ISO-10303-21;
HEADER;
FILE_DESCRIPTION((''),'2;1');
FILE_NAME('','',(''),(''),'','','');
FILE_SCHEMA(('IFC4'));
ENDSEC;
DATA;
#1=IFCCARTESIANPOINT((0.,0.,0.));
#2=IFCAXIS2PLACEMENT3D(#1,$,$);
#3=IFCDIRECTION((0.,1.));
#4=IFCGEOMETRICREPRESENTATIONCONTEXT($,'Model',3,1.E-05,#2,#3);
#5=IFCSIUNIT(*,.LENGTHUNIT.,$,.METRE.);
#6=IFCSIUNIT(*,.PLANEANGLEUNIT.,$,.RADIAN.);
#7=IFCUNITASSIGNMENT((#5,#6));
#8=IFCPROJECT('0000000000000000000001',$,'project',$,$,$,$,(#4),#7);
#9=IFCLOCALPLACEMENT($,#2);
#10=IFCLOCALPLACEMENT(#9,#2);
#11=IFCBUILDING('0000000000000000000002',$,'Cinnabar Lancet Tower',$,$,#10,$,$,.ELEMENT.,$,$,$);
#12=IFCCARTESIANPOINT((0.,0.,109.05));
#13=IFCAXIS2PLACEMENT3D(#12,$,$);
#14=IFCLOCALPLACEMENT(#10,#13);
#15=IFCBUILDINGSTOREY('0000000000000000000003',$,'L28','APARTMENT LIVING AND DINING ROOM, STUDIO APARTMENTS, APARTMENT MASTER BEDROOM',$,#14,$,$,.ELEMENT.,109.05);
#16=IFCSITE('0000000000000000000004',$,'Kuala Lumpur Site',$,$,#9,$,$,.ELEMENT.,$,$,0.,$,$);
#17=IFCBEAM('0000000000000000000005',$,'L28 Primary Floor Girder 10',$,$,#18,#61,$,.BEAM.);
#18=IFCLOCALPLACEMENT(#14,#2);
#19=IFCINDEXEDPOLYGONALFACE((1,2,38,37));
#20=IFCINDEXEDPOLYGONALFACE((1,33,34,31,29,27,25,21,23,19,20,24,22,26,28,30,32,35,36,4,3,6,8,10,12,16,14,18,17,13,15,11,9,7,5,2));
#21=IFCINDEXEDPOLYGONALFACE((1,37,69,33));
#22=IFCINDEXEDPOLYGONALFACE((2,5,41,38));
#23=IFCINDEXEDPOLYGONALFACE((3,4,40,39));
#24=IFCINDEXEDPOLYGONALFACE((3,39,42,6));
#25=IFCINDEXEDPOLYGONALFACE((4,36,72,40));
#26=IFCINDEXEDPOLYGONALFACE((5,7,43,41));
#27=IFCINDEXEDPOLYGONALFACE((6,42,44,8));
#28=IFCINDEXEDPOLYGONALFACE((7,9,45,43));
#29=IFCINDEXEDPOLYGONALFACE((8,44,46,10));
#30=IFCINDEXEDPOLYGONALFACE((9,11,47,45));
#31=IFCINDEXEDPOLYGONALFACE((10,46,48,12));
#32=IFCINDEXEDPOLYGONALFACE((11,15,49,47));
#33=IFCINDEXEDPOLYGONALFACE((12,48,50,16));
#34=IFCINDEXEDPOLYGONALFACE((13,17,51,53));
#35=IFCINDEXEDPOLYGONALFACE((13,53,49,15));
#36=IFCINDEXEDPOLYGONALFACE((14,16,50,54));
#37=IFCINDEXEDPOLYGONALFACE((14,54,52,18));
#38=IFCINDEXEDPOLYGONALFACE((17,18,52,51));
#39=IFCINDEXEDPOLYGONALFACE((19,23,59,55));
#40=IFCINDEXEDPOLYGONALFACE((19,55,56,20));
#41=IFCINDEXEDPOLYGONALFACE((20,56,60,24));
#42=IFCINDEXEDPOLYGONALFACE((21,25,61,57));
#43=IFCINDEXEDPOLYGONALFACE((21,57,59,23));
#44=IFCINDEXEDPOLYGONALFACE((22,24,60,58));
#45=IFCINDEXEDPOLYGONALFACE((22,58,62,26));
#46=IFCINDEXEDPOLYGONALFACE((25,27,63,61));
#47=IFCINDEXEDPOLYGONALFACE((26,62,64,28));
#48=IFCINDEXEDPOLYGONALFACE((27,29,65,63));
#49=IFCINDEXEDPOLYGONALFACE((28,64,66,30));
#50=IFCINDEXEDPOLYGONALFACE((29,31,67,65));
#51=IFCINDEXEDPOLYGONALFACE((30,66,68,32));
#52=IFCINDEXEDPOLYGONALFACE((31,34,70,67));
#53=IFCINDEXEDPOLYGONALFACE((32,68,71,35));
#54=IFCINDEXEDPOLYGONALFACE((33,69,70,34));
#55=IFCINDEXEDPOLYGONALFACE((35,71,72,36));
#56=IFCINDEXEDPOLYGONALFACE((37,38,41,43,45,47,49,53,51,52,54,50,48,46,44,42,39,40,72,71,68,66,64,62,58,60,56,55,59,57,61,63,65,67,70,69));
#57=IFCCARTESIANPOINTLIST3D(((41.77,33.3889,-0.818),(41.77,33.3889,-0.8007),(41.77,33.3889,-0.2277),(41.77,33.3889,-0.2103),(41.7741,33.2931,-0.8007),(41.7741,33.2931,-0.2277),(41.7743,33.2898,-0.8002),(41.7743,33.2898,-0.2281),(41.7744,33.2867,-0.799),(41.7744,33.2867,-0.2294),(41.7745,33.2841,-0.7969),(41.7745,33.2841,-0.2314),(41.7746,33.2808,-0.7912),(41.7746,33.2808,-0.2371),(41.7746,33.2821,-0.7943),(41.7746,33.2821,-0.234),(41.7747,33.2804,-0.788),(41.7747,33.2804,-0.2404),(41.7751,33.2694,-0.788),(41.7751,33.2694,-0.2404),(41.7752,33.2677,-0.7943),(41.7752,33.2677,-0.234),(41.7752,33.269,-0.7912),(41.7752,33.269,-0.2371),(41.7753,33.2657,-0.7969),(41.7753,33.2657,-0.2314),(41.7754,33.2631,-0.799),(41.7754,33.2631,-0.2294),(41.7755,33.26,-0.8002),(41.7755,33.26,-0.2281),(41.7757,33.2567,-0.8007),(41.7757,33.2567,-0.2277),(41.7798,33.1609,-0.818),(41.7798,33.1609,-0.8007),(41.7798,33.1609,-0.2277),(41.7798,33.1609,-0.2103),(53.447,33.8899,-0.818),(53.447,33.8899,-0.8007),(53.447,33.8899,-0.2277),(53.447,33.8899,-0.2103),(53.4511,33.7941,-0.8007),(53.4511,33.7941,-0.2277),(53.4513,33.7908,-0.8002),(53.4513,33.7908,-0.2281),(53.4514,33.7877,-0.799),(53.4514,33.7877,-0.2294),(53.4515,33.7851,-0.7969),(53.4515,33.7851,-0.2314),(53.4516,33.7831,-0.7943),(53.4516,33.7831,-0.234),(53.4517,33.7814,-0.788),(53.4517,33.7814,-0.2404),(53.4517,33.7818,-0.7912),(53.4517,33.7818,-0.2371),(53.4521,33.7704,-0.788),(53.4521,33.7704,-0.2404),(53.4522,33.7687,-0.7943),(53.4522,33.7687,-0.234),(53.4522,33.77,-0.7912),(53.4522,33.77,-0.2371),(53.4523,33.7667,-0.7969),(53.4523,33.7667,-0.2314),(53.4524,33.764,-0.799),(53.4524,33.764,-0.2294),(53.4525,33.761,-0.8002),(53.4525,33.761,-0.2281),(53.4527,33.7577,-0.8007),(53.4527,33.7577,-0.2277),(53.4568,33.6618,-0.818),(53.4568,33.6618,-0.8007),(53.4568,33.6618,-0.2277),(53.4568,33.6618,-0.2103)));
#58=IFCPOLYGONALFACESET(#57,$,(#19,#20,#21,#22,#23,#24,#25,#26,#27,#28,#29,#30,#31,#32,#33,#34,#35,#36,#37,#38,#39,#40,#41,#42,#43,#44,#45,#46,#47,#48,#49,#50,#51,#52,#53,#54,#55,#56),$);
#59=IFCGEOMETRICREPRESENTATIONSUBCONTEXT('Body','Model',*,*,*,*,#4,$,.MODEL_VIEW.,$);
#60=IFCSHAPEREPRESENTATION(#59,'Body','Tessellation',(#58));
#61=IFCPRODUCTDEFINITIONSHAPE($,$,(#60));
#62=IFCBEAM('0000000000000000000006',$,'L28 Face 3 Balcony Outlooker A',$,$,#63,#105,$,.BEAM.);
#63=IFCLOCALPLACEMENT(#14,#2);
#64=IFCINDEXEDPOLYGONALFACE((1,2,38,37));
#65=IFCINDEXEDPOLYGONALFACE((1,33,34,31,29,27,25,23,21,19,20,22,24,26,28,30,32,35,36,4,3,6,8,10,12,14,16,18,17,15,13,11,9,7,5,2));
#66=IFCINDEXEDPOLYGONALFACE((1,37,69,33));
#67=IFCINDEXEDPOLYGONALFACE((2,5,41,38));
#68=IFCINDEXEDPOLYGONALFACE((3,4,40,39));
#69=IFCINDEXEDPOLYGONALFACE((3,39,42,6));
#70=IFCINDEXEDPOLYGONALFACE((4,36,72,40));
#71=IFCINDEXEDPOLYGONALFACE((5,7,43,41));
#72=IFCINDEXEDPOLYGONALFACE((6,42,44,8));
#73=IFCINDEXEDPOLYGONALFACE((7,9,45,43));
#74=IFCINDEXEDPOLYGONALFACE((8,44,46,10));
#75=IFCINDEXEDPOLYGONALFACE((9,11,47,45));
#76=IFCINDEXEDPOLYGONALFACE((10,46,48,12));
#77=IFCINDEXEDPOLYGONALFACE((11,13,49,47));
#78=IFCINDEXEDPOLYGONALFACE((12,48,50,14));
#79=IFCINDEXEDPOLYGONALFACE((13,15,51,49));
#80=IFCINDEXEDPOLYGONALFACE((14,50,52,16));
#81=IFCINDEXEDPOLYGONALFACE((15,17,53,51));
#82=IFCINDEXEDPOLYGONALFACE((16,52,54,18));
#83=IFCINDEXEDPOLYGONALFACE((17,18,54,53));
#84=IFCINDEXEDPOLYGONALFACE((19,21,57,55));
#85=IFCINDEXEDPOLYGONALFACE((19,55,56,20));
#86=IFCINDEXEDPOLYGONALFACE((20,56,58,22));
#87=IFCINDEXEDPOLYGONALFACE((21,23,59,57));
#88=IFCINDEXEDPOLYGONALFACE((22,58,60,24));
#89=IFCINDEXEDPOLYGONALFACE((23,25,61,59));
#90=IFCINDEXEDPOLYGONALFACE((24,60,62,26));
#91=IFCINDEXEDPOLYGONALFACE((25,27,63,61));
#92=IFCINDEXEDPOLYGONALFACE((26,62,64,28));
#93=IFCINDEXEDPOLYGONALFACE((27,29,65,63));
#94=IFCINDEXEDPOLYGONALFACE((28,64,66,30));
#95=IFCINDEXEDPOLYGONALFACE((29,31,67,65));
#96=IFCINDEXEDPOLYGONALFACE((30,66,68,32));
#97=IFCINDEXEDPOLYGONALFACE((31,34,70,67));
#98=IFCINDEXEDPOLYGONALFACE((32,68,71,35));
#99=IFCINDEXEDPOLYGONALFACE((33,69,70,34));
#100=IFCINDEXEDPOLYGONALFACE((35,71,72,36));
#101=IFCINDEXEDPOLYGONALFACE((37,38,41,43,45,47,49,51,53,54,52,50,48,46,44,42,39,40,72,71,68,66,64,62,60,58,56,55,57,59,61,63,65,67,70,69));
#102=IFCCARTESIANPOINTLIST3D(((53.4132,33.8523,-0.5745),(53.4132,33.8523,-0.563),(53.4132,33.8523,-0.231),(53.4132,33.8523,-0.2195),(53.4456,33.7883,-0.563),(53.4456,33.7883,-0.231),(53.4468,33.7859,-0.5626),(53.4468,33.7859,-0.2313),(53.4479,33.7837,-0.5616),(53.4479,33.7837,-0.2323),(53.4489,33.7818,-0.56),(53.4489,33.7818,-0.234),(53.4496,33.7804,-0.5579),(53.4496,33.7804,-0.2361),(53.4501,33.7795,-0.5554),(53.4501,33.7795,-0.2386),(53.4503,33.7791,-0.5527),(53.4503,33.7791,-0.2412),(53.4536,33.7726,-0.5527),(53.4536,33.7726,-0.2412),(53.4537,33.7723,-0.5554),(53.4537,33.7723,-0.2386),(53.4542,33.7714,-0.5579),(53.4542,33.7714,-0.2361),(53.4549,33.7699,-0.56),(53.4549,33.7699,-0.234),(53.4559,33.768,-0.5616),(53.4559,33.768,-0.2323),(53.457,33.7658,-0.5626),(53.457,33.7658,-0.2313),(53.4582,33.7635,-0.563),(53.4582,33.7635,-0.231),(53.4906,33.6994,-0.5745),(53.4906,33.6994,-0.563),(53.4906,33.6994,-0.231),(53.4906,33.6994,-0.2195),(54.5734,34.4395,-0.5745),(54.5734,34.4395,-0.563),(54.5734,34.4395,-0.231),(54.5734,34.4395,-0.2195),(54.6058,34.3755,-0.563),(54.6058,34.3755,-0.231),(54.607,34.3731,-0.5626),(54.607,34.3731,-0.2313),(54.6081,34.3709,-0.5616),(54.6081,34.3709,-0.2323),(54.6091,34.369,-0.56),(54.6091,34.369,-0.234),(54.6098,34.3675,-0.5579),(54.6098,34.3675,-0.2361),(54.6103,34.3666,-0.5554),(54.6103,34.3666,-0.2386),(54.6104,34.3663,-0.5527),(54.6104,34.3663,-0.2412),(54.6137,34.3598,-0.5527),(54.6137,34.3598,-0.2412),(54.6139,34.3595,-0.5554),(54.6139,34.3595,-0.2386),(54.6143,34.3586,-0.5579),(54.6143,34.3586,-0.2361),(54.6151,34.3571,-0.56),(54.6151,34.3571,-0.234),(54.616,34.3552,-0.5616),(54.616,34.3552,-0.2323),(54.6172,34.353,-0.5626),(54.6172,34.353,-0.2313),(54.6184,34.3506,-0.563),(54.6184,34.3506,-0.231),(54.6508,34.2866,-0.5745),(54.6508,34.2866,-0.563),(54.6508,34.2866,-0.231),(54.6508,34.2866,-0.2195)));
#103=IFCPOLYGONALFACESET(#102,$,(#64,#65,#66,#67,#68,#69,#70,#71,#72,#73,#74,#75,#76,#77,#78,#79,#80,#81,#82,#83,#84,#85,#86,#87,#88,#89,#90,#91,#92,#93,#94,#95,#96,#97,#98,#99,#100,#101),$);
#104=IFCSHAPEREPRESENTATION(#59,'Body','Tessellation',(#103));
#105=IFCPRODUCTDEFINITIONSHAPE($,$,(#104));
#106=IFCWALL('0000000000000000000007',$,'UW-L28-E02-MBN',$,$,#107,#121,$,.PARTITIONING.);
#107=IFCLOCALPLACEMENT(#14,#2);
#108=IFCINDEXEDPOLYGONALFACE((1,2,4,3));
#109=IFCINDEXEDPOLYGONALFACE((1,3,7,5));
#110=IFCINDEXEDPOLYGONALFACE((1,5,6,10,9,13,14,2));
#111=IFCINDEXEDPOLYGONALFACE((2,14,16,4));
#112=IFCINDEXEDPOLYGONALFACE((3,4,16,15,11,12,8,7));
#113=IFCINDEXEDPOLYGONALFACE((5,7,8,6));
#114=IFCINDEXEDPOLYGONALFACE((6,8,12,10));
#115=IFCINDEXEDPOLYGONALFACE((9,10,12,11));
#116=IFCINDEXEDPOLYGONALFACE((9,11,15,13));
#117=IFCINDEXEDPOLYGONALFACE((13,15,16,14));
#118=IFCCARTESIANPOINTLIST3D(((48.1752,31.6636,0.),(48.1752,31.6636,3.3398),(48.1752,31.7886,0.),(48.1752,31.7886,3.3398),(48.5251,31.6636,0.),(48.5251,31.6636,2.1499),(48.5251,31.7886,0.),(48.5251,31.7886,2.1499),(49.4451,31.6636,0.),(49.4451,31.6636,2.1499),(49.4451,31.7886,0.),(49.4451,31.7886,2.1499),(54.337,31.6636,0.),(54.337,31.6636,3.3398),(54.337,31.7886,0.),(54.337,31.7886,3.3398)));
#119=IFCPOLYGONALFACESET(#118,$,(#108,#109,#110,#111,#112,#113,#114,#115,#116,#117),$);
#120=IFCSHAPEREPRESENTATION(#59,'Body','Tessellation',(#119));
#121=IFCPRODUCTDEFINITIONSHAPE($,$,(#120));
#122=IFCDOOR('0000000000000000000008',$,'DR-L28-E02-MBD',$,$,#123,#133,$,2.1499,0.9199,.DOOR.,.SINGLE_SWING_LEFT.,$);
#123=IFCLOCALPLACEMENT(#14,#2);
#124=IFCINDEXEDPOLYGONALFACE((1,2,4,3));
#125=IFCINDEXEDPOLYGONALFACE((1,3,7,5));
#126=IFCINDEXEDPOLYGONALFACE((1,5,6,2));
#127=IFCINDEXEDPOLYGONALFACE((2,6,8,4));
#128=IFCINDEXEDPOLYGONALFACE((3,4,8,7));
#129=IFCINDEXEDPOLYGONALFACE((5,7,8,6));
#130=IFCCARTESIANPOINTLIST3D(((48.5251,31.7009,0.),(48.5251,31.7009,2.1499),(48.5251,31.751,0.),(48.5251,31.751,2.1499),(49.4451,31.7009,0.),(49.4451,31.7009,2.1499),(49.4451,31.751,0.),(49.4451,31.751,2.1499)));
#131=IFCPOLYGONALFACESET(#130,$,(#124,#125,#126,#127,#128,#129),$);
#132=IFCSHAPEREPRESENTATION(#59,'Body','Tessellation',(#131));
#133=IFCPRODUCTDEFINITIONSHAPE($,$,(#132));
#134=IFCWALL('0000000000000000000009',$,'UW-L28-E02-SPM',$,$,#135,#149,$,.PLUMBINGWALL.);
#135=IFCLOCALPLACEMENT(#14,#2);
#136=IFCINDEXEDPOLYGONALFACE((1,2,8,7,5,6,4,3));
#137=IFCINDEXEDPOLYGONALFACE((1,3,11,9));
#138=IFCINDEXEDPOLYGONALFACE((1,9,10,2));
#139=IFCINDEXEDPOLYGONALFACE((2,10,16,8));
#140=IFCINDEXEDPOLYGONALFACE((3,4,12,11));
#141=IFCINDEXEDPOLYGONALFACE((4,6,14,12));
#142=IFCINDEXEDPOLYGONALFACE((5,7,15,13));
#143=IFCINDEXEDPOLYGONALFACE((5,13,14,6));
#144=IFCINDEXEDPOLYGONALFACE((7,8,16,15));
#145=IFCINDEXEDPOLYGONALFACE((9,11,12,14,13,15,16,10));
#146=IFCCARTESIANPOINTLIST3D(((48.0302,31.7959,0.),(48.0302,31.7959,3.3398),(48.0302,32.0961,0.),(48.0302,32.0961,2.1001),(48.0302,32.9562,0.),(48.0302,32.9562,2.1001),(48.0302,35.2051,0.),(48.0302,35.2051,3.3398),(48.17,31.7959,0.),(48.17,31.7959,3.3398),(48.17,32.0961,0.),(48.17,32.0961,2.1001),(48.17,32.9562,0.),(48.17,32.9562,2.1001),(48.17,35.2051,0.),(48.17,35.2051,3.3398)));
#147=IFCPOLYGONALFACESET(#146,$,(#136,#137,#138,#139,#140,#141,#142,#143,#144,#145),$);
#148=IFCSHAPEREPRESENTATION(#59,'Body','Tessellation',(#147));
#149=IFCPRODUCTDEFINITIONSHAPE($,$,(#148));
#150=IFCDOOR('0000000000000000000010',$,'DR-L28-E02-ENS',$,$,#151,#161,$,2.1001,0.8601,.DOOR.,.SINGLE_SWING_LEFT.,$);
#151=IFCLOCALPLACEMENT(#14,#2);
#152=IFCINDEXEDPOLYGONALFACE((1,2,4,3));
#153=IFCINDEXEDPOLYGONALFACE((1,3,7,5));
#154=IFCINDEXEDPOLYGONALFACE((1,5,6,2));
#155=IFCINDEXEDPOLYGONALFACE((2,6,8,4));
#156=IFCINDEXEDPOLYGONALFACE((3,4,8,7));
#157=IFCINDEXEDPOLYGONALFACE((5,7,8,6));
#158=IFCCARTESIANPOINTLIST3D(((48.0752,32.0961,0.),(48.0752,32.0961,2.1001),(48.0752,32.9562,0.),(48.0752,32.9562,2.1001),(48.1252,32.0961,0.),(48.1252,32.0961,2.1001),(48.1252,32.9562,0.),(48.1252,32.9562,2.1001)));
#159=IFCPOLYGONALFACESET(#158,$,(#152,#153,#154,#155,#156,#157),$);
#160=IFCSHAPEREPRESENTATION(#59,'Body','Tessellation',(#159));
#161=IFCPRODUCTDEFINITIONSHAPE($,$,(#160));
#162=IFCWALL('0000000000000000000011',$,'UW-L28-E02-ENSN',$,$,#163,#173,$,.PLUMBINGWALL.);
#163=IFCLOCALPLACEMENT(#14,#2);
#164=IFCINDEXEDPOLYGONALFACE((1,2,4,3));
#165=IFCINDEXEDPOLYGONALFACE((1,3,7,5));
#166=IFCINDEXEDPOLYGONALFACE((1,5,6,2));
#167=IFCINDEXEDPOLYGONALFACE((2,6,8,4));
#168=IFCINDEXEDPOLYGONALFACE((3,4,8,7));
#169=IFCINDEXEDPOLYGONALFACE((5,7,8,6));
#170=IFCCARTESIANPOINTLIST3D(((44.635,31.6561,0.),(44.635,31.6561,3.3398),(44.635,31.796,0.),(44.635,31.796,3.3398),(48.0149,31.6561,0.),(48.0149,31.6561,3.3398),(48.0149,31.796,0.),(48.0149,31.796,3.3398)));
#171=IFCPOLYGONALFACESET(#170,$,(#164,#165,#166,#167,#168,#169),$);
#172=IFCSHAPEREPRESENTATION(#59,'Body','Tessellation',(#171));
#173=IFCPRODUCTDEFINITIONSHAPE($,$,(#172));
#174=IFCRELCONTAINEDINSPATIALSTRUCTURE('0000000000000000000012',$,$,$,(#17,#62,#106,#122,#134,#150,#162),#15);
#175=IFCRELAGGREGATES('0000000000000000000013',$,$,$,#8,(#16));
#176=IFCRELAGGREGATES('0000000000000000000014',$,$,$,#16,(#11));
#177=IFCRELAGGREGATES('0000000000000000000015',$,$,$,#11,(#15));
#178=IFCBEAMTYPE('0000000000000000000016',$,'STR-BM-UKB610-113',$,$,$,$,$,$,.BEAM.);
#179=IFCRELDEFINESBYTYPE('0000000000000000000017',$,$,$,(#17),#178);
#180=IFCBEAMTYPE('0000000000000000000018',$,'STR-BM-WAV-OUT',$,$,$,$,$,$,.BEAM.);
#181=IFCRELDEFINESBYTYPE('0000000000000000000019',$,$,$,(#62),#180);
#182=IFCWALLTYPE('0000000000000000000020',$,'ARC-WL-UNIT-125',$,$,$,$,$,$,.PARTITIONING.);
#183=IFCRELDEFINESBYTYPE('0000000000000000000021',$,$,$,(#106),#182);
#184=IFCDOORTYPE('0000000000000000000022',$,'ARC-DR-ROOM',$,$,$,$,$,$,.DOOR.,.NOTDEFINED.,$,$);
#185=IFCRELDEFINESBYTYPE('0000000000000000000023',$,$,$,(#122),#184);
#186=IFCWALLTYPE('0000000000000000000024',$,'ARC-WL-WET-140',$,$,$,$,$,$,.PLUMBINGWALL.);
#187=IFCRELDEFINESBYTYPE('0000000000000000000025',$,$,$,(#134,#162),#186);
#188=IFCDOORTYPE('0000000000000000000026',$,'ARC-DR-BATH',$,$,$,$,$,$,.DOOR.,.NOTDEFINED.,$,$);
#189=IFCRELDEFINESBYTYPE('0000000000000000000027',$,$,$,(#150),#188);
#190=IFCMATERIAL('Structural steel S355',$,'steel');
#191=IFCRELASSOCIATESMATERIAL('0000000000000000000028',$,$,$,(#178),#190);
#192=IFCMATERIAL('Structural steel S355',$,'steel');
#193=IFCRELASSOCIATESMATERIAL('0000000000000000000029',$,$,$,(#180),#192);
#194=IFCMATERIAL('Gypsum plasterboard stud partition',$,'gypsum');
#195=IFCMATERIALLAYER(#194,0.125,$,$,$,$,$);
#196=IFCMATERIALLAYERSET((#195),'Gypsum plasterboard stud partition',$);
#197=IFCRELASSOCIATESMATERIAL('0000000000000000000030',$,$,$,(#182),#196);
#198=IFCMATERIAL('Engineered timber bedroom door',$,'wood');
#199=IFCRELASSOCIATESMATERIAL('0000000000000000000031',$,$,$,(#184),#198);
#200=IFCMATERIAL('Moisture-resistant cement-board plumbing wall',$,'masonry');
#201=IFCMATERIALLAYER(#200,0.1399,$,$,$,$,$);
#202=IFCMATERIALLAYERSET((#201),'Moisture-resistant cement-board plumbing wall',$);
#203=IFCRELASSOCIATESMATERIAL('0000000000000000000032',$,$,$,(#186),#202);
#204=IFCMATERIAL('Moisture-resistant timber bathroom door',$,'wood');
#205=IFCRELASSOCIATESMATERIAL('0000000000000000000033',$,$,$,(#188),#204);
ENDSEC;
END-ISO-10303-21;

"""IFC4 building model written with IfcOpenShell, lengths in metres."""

from ifc_helpers import new_model, si_unit, direction, frame, frame_2d, origin, origin_2d, place, context, subcontext, project, spatial, rectangle, i_section, extrude, material, layer, layer_set, material_profile, profile_set, type_object, element, fill, save


model = new_model("IFC4")

# Units and contexts
model_context = context("Model", 3, precision=1e-05, world=origin(), true_north=direction((0.0, 1.0)))
body_context = subcontext(model_context, "Body", "Model", "MODEL_VIEW")
ifc_project = project(units=[si_unit("LENGTHUNIT", "METRE"), si_unit("PLANEANGLEUNIT", "RADIAN")], contexts=[model_context])

# Site, building, storey
site_placement = place(None, origin())
site = spatial("IfcSite", under=ifc_project, at=site_placement, Name="Kuala Lumpur Site", CompositionType="ELEMENT", RefElevation=0.0)
building_placement = place(site_placement, origin())
building = spatial("IfcBuilding", under=site, at=building_placement, Name="Cinnabar Lancet Tower", CompositionType="ELEMENT")
storey_placement = place(building_placement, frame((0.0, 0.0, 109.05)))
storey = spatial("IfcBuildingStorey", under=building, at=storey_placement, Name="L28", Description="APARTMENT LIVING AND DINING ROOM, STUDIO APARTMENTS, APARTMENT MASTER BEDROOM", CompositionType="ELEMENT", Elevation=109.05)

# Beams
ifc_material_1 = material(Name="Structural steel S355", Category="steel")
ifc_material_profile_1 = material_profile(ifc_material_1, i_section(OverallWidth=0.2283, OverallDepth=0.6077, WebThickness=0.011, FlangeThickness=0.0173, FilletRadius=0.0127, at=origin_2d()), Name="UKB 610x229x113")
ifc_profile_set_1 = profile_set([ifc_material_profile_1], Name="Structural steel S355")
beam_type_1 = type_object("IfcBeamType", Name="STR-BM-UKB610-113", PredefinedType="BEAM", material=ifc_profile_set_1)
beam_1_placement = place(storey_placement, frame((53.4519, 33.7759, -0.5142), z_axis=(-0.999081, -0.042863, 0.0), x_axis=(0.042863, -0.999081, 0.0)))
element("IfcBeam", 1, at=beam_1_placement, inside=storey, type_object=beam_type_1, Name="L28 Primary Floor Girder 10", PredefinedType="BEAM", context=body_context, shape_type="SweptSolid", body=[
    extrude(i_section(OverallWidth=0.2283, OverallDepth=0.6077, WebThickness=0.011, FlangeThickness=0.0173, FilletRadius=0.0127, at=origin_2d()), origin(), (0.0, 0.0, 1.0), 11.6877),
])
ifc_material_2 = material(Name="Structural steel S355", Category="steel")
ifc_material_profile_2 = material_profile(ifc_material_2, i_section(OverallWidth=0.1714, OverallDepth=0.355, WebThickness=0.0073, FlangeThickness=0.0115, FilletRadius=0.0103, at=origin_2d()), Name="UKB 356x171x51")
ifc_profile_set_2 = profile_set([ifc_material_profile_2], Name="Structural steel S355")
beam_type_2 = type_object("IfcBeamType", Name="STR-BM-WAV-OUT", PredefinedType="BEAM", material=ifc_profile_set_2)
beam_2_placement = place(storey_placement, frame((53.4519, 33.7759, -0.397), z_axis=(0.892239, 0.451564, 0.0), x_axis=(-0.451564, 0.892239, 0.0)))
element("IfcBeam", 2, at=beam_2_placement, inside=storey, type_object=beam_type_2, Name="L28 Face 3 Balcony Outlooker A", PredefinedType="BEAM", context=body_context, shape_type="SweptSolid", body=[
    extrude(i_section(OverallWidth=0.1714, OverallDepth=0.355, WebThickness=0.0073, FlangeThickness=0.0115, FilletRadius=0.0103, at=origin_2d()), origin(), (0.0, 0.0, 1.0), 1.3003),
])

# Wall, opening, door
ifc_material_3 = material(Name="Gypsum plasterboard stud partition", Category="gypsum")
ifc_layer_1 = layer(ifc_material_3, 0.125)
ifc_layer_set_1 = layer_set([ifc_layer_1], Name="Gypsum plasterboard stud partition")
wall_type_1 = type_object("IfcWallType", Name="ARC-WL-UNIT-125", PredefinedType="PARTITIONING", material=ifc_layer_set_1)
wall_1_placement = place(storey_placement, frame((48.175, 31.7261, 0.0), z_axis=(0.0, 0.0, 1.0), x_axis=(1.0, 0.0, 0.0)))
wall_1 = element("IfcWall", 3, at=wall_1_placement, inside=storey, type_object=wall_type_1, Name="UW-L28-E02-MBN", PredefinedType="PARTITIONING", context=body_context, shape_type="SweptSolid", body=[
    extrude(rectangle(XDim=6.1619, YDim=0.125, at=frame_2d((3.0811, 0.0))), origin(), (0.0, 0.0, 1.0), 3.3398),
])
opening_1_placement = place(wall_1_placement, frame((0.3501, 0.0, 0.0)))
opening_1 = element("IfcOpeningElement", 4, at=opening_1_placement, cuts=wall_1, PredefinedType="OPENING", context=body_context, shape_type="SweptSolid", body=[
    extrude(rectangle(XDim=0.9199, YDim=2.1499, at=frame_2d((0.46, 1.075))), frame((0.0, 0.0725, 0.0), z_axis=(0.0, -1.0, 0.0), x_axis=(1.0, 0.0, 0.0)), (0.0, 0.0, 1.0), 0.145),
])
ifc_material_4 = material(Name="Engineered timber bedroom door", Category="wood")
door_type_1 = type_object("IfcDoorType", Name="ARC-DR-ROOM", OperationType="NOTDEFINED", PredefinedType="DOOR", material=ifc_material_4)
door_1_placement = place(opening_1_placement, origin())
door_1 = element("IfcDoor", 5, at=door_1_placement, inside=storey, type_object=door_type_1, Name="DR-L28-E02-MBD", OperationType="SINGLE_SWING_LEFT", OverallHeight=2.1499, OverallWidth=0.9199, PredefinedType="DOOR", context=body_context, shape_type="SweptSolid", body=[
    extrude(rectangle(XDim=0.9199, YDim=2.1499, at=frame_2d((0.46, 1.075))), frame((0.0, 0.0249, 0.0), z_axis=(0.0, -1.0, 0.0), x_axis=(1.0, 0.0, 0.0)), (0.0, 0.0, 1.0), 0.05),
])
fill(opening_1, door_1)

# Shared definitions
ifc_material_5 = material(Name="Moisture-resistant cement-board plumbing wall", Category="masonry")
ifc_layer_2 = layer(ifc_material_5, 0.1399)
ifc_layer_set_2 = layer_set([ifc_layer_2], Name="Moisture-resistant cement-board plumbing wall")
wall_type_2 = type_object("IfcWallType", Name="ARC-WL-WET-140", PredefinedType="PLUMBINGWALL", material=ifc_layer_set_2)
ifc_material_6 = material(Name="Moisture-resistant timber bathroom door", Category="wood")
door_type_2 = type_object("IfcDoorType", Name="ARC-DR-BATH", OperationType="NOTDEFINED", PredefinedType="DOOR", material=ifc_material_6)

# Wall, opening, door
wall_2_placement = place(storey_placement, frame((48.1001, 31.7959, 0.0), z_axis=(0.0, 0.0, 1.0), x_axis=(0.0, 1.0, 0.0)))
wall_2 = element("IfcWall", 6, at=wall_2_placement, inside=storey, type_object=wall_type_2, Name="UW-L28-E02-SPM", PredefinedType="PLUMBINGWALL", context=body_context, shape_type="SweptSolid", body=[
    extrude(rectangle(XDim=3.4092, YDim=0.1399, at=frame_2d((1.7046, 0.0))), origin(), (0.0, 0.0, 1.0), 3.3398),
])
opening_2_placement = place(wall_2_placement, frame((0.3, 0.0, 0.0)))
opening_2 = element("IfcOpeningElement", 7, at=opening_2_placement, cuts=wall_2, PredefinedType="OPENING", context=body_context, shape_type="SweptSolid", body=[
    extrude(rectangle(XDim=0.8601, YDim=2.1001, at=frame_2d((0.4302, 1.05))), frame((0.0, 0.0798, 0.0), z_axis=(0.0, -1.0, 0.0), x_axis=(1.0, 0.0, 0.0)), (0.0, 0.0, 1.0), 0.1599),
])
door_2_placement = place(opening_2_placement, origin())
door_2 = element("IfcDoor", 8, at=door_2_placement, inside=storey, type_object=door_type_2, Name="DR-L28-E02-ENS", OperationType="SINGLE_SWING_LEFT", OverallHeight=2.1001, OverallWidth=0.8601, PredefinedType="DOOR", context=body_context, shape_type="SweptSolid", body=[
    extrude(rectangle(XDim=0.8601, YDim=2.1001, at=frame_2d((0.4302, 1.05))), frame((0.0, 0.0249, 0.0), z_axis=(0.0, -1.0, 0.0), x_axis=(1.0, 0.0, 0.0)), (0.0, 0.0, 1.0), 0.05),
])
fill(opening_2, door_2)

# Wall
for number, where, z_axis, x_axis, name in (
    (9, (44.635, 31.7261, 0.0), (0.0, 0.0, 1.0), (1.0, 0.0, 0.0), "UW-L28-E02-ENSN"),
):
    element("IfcWall", number, at=place(storey_placement, frame(where, z_axis=z_axis, x_axis=x_axis)), inside=storey, type_object=wall_type_2, Name=name, PredefinedType="PLUMBINGWALL", context=body_context, shape_type="SweptSolid", body=[
        extrude(rectangle(XDim=3.3799, YDim=0.1399, at=frame_2d((1.6899, 0.0))), origin(), (0.0, 0.0, 1.0), 3.3398),
    ])

save(model, "model.ifc")
